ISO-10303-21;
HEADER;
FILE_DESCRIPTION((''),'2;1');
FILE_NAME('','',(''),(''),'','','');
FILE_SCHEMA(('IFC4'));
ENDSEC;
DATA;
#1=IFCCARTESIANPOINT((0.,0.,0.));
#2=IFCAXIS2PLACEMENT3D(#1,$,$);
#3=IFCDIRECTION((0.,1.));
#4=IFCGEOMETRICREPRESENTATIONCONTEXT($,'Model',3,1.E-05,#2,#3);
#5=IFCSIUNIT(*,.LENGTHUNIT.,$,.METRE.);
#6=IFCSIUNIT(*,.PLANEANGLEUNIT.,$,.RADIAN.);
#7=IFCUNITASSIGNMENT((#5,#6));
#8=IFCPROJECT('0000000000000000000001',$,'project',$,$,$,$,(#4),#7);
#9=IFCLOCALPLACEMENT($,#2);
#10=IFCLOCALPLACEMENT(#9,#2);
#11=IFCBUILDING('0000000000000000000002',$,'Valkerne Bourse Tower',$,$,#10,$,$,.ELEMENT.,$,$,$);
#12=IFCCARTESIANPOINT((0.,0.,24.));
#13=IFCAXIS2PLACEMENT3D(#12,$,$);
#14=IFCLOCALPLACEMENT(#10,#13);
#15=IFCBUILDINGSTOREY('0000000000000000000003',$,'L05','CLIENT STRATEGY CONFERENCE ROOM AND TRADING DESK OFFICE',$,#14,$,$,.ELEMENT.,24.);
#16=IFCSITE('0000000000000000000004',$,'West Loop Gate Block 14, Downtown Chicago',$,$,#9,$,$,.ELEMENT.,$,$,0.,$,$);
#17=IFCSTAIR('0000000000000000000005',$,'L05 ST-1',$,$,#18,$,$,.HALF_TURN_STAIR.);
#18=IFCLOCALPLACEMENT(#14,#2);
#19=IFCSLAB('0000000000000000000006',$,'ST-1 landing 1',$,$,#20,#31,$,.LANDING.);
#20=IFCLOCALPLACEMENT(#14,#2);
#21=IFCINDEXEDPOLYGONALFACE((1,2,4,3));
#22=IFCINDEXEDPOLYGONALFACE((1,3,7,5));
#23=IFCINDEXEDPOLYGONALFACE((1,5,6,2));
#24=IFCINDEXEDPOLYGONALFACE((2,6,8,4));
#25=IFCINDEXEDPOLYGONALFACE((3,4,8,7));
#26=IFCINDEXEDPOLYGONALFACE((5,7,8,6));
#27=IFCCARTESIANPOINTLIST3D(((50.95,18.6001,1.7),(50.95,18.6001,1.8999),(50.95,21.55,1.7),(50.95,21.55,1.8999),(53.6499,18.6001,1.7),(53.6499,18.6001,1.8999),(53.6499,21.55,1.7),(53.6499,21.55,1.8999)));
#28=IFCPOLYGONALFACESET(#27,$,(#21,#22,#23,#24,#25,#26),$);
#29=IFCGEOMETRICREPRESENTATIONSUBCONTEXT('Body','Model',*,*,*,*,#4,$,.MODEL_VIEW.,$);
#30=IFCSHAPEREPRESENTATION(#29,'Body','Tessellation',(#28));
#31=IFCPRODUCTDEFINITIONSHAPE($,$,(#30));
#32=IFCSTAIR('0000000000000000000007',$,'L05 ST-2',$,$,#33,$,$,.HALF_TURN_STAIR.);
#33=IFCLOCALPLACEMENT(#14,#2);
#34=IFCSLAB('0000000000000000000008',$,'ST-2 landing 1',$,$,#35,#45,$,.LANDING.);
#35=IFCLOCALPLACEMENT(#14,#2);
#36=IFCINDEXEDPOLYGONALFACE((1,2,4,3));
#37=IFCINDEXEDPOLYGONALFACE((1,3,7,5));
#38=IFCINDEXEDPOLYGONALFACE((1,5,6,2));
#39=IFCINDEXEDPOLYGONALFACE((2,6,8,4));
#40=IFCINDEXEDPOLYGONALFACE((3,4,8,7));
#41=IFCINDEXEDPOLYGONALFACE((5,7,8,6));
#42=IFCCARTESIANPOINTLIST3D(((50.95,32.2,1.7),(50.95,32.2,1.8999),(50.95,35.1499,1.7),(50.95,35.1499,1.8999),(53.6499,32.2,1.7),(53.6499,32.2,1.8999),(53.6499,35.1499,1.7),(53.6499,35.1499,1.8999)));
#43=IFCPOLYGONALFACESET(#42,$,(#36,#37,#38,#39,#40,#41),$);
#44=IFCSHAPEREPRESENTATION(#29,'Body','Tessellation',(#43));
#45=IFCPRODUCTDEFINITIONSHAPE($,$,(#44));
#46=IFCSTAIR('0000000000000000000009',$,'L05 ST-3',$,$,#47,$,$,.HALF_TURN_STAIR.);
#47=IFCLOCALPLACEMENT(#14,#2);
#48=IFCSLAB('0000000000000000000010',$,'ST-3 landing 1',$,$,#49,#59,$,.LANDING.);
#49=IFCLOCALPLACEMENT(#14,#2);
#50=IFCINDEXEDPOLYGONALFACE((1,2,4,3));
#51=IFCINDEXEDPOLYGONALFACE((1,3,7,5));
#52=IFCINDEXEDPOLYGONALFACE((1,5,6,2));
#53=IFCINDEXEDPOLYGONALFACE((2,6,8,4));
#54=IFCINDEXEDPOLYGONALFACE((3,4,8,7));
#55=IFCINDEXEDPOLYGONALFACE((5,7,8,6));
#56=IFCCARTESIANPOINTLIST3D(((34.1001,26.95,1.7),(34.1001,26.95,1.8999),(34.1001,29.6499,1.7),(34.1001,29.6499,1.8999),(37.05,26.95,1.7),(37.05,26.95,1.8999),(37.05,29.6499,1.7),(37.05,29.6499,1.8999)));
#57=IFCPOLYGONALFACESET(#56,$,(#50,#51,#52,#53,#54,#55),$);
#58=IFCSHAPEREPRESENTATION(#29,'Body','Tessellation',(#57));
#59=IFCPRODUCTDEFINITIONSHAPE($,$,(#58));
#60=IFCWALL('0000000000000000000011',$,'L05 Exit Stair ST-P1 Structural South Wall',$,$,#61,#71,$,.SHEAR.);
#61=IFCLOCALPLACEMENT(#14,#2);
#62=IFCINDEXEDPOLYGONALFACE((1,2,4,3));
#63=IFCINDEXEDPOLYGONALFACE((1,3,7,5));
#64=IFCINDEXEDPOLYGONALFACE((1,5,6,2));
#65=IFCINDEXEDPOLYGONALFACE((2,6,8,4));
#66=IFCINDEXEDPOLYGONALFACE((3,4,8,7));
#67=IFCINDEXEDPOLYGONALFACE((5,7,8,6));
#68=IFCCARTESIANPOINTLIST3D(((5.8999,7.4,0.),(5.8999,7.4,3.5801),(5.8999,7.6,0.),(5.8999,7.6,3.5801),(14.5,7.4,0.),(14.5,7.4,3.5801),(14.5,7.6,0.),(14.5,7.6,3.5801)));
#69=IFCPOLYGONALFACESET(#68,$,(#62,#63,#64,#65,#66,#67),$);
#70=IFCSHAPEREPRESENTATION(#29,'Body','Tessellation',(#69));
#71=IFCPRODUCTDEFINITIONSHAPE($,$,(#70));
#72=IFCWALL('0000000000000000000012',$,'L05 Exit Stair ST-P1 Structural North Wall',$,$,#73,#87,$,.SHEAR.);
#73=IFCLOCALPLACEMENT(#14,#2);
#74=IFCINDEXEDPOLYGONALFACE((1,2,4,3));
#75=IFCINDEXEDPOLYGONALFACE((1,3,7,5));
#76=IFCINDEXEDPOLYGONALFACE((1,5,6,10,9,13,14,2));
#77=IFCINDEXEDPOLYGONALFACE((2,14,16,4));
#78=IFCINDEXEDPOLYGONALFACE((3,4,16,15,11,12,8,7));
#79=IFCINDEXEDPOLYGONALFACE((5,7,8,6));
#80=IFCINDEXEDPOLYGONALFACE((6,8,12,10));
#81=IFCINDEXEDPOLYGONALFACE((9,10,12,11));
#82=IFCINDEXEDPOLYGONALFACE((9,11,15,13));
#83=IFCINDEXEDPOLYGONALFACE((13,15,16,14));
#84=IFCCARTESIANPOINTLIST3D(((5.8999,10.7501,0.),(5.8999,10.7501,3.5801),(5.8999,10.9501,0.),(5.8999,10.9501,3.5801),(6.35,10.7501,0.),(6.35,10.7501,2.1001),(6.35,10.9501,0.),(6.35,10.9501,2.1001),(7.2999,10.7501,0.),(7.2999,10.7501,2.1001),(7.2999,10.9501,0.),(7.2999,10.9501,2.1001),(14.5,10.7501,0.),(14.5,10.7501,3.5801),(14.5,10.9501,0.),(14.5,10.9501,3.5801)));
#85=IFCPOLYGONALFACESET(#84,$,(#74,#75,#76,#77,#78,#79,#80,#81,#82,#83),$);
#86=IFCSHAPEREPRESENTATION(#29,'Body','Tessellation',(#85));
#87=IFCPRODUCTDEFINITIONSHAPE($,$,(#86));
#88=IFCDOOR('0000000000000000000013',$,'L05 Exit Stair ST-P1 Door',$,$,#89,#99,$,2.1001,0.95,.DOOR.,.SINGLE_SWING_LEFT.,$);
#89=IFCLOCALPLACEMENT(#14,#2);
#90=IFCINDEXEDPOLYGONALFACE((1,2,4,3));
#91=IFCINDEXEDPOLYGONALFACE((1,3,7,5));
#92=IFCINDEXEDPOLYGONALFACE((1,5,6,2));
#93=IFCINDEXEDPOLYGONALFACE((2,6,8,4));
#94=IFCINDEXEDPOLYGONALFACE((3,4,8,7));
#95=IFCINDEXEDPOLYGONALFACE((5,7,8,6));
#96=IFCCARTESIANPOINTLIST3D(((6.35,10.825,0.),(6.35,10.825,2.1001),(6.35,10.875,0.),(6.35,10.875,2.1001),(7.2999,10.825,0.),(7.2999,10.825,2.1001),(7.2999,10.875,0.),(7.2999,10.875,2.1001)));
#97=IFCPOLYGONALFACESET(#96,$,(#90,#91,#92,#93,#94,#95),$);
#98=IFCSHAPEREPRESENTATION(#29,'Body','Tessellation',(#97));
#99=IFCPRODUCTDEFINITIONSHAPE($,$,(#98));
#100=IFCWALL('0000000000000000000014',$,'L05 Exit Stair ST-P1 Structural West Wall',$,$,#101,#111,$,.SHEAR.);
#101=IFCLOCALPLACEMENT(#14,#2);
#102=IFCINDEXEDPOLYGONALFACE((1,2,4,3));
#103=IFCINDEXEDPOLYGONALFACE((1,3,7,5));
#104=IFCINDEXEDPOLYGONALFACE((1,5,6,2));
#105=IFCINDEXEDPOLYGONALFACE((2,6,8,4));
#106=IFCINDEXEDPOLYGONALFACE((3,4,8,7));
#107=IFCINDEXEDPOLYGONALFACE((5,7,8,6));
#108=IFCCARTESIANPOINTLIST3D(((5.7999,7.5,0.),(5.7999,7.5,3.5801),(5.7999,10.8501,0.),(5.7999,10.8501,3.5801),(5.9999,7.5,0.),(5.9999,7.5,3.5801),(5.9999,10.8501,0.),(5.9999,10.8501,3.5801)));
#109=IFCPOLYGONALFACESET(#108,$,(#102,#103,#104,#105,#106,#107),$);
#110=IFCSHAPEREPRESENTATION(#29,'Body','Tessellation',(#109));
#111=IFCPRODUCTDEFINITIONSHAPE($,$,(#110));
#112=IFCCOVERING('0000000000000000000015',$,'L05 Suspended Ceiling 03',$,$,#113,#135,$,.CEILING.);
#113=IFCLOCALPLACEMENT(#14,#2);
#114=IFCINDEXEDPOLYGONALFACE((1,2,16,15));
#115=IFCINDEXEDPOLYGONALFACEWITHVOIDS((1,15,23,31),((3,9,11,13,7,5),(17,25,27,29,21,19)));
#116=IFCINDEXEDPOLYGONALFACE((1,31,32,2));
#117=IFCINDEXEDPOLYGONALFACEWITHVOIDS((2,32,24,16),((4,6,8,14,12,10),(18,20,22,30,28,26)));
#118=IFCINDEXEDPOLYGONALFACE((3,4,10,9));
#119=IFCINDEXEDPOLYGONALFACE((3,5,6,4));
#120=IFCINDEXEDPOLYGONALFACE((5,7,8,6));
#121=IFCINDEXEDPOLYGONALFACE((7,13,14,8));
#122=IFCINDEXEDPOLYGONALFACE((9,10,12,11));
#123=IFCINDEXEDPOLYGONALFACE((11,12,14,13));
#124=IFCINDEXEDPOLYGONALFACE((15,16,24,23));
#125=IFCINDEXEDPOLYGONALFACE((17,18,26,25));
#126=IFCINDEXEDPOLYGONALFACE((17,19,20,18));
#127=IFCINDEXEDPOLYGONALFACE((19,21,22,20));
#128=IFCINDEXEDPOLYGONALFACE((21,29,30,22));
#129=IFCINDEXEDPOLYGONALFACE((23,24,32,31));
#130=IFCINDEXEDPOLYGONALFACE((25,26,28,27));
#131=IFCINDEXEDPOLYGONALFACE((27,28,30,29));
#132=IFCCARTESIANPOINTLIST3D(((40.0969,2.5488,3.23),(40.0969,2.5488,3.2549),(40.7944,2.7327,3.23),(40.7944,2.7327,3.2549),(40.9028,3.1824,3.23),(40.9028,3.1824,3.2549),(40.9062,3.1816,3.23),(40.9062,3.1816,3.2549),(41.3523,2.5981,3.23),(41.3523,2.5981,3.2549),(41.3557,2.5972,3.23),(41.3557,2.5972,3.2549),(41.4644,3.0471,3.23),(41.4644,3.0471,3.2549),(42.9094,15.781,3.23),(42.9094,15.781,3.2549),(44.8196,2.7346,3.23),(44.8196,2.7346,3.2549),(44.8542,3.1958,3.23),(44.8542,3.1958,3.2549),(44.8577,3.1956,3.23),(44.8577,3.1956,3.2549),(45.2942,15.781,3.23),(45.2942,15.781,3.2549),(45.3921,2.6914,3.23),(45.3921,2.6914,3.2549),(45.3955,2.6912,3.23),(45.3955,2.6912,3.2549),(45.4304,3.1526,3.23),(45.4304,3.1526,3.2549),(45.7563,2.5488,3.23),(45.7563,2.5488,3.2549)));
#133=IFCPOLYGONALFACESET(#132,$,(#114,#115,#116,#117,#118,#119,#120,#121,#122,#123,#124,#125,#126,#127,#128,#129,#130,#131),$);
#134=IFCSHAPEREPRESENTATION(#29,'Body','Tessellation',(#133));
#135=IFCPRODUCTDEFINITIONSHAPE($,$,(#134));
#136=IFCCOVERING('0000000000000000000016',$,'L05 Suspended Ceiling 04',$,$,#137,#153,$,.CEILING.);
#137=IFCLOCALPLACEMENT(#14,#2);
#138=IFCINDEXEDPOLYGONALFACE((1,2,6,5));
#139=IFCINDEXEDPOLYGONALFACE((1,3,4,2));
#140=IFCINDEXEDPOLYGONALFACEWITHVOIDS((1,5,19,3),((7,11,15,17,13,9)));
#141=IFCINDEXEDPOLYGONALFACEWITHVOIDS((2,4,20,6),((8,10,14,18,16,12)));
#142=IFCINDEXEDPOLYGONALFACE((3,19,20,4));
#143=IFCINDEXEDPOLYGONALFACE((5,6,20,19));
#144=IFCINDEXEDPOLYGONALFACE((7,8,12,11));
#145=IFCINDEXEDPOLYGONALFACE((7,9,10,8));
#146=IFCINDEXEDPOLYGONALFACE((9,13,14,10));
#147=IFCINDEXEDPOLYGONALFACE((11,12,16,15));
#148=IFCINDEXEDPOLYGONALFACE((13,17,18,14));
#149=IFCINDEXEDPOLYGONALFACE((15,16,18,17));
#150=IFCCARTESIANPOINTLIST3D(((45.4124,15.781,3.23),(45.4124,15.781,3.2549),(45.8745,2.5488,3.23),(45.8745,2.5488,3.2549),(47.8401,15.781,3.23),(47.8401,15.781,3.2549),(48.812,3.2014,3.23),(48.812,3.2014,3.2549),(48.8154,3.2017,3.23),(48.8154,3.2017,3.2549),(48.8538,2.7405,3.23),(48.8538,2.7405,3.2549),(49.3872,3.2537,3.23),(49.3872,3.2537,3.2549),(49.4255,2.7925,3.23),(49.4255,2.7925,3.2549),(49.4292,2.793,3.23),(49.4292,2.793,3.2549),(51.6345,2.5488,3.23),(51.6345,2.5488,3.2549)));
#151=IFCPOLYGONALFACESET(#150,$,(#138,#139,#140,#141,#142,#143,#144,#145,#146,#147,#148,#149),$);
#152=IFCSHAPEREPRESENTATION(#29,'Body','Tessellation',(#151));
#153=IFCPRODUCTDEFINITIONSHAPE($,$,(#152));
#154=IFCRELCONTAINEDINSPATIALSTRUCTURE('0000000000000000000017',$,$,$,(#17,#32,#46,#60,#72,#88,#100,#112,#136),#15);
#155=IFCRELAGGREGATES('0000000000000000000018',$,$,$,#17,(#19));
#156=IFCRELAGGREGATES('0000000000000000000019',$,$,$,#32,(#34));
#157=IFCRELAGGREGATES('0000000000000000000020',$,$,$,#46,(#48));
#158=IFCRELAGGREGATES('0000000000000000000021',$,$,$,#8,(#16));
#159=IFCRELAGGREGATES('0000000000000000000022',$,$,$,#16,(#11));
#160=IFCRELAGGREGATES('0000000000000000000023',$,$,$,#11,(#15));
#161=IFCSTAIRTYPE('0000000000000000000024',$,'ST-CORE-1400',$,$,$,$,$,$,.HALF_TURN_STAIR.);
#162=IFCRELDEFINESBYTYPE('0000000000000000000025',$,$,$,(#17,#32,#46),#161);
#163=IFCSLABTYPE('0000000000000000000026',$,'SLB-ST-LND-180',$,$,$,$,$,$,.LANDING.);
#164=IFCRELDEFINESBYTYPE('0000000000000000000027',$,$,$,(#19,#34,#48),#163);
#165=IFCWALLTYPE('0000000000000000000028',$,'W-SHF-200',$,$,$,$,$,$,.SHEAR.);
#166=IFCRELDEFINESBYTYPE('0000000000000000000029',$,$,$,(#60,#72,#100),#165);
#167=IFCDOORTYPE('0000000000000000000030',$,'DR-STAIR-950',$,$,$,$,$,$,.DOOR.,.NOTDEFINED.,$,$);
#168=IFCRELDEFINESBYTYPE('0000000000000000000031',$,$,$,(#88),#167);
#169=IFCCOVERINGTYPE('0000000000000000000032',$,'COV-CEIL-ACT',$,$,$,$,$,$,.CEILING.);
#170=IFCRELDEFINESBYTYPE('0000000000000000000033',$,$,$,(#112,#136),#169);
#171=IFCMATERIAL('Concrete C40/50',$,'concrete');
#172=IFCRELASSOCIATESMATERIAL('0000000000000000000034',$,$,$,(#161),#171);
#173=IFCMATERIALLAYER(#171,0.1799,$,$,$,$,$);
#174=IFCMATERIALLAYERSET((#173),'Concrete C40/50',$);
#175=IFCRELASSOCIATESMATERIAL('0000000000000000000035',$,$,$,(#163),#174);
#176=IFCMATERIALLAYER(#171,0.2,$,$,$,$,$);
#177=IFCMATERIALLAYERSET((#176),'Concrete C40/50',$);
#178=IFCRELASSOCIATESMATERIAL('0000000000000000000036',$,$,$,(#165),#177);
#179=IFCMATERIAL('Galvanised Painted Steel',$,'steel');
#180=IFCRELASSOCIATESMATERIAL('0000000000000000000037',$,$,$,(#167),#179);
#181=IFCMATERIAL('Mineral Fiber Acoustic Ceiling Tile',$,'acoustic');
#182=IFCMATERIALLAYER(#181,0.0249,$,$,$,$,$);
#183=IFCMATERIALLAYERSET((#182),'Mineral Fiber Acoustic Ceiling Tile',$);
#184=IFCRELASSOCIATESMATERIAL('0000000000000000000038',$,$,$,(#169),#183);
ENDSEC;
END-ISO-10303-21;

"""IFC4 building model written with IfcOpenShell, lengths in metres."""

from ifc_helpers import new_model, si_unit, direction, frame, frame_2d, origin, place, context, subcontext, project, spatial, polyline, rectangle, outline, extrude, material, layer, layer_set, type_object, element, fill, aggregate, save


model = new_model("IFC4")

# Units and contexts
model_context = context("Model", 3, precision=1e-05, world=origin(), true_north=direction((0.0, 1.0)))
body_context = subcontext(model_context, "Body", "Model", "MODEL_VIEW")
ifc_project = project(units=[si_unit("LENGTHUNIT", "METRE"), si_unit("PLANEANGLEUNIT", "RADIAN")], contexts=[model_context])

# Site, building, storey
site_placement = place(None, origin())
site = spatial("IfcSite", under=ifc_project, at=site_placement, Name="West Loop Gate Block 14, Downtown Chicago", CompositionType="ELEMENT", RefElevation=0.0)
building_placement = place(site_placement, origin())
building = spatial("IfcBuilding", under=site, at=building_placement, Name="Valkerne Bourse Tower", CompositionType="ELEMENT")
storey_placement = place(building_placement, frame((0.0, 0.0, 24.0)))
storey = spatial("IfcBuildingStorey", under=building, at=storey_placement, Name="L05", Description="CLIENT STRATEGY CONFERENCE ROOM AND TRADING DESK OFFICE", CompositionType="ELEMENT", Elevation=24.0)

# Stairs, slabs
ifc_material_1 = material(Name="Concrete C40/50", Category="concrete")
stair_type = type_object("IfcStairType", Name="ST-CORE-1400", PredefinedType="HALF_TURN_STAIR", material=ifc_material_1)
stair_1_placement = place(storey_placement, origin())
stair_1 = element("IfcStair", 1, at=stair_1_placement, inside=storey, type_object=stair_type, Name="L05 ST-1", PredefinedType="HALF_TURN_STAIR")
ifc_layer_1 = layer(ifc_material_1, 0.1799)
ifc_layer_set_1 = layer_set([ifc_layer_1], Name="Concrete C40/50")
slab_type = type_object("IfcSlabType", Name="SLB-ST-LND-180", PredefinedType="LANDING", material=ifc_layer_set_1)
slab_1_placement = place(storey_placement, frame((0.0, 0.0, 1.7)))
slab_1 = element("IfcSlab", 2, at=slab_1_placement, type_object=slab_type, Name="ST-1 landing 1", PredefinedType="LANDING", context=body_context, shape_type="SweptSolid", body=[
    extrude(outline(polyline([(50.95, 18.6001), (53.6499, 18.6001), (53.6499, 21.55), (50.95, 21.55), (50.95, 18.6001)])), origin(), (0.0, 0.0, 1.0), 0.2),
])
aggregate(stair_1, [slab_1])
stair_2_placement = place(storey_placement, origin())
stair_2 = element("IfcStair", 3, at=stair_2_placement, inside=storey, type_object=stair_type, Name="L05 ST-2", PredefinedType="HALF_TURN_STAIR")
slab_2_placement = place(storey_placement, frame((0.0, 0.0, 1.7)))
slab_2 = element("IfcSlab", 4, at=slab_2_placement, type_object=slab_type, Name="ST-2 landing 1", PredefinedType="LANDING", context=body_context, shape_type="SweptSolid", body=[
    extrude(outline(polyline([(50.95, 32.2), (53.6499, 32.2), (53.6499, 35.1499), (50.95, 35.1499), (50.95, 32.2)])), origin(), (0.0, 0.0, 1.0), 0.2),
])
aggregate(stair_2, [slab_2])
stair_3_placement = place(storey_placement, origin())
stair_3 = element("IfcStair", 5, at=stair_3_placement, inside=storey, type_object=stair_type, Name="L05 ST-3", PredefinedType="HALF_TURN_STAIR")
slab_3_placement = place(storey_placement, frame((0.0, 0.0, 1.7)))
slab_3 = element("IfcSlab", 6, at=slab_3_placement, type_object=slab_type, Name="ST-3 landing 1", PredefinedType="LANDING", context=body_context, shape_type="SweptSolid", body=[
    extrude(outline(polyline([(37.05, 26.95), (37.05, 29.6499), (34.1001, 29.6499), (34.1001, 26.95), (37.05, 26.95)])), origin(), (0.0, 0.0, 1.0), 0.2),
])
aggregate(stair_3, [slab_3])

# Wall
ifc_layer_2 = layer(ifc_material_1, 0.2)
ifc_layer_set_2 = layer_set([ifc_layer_2], Name="Concrete C40/50")
wall_type = type_object("IfcWallType", Name="W-SHF-200", PredefinedType="SHEAR", material=ifc_layer_set_2)
wall_1_placement = place(storey_placement, frame((5.8999, 7.5, 0.0), z_axis=(0.0, 0.0, 1.0), x_axis=(1.0, 0.0, 0.0)))
element("IfcWall", 7, at=wall_1_placement, inside=storey, type_object=wall_type, Name="L05 Exit Stair ST-P1 Structural South Wall", PredefinedType="SHEAR", context=body_context, shape_type="SweptSolid", body=[
    extrude(rectangle(XDim=8.6001, YDim=0.2, at=frame_2d((4.3, 0.0))), origin(), (0.0, 0.0, 1.0), 3.5801),
])

# Wall, opening, door
wall_2_placement = place(storey_placement, frame((5.8999, 10.8501, 0.0), z_axis=(0.0, 0.0, 1.0), x_axis=(1.0, 0.0, 0.0)))
wall_2 = element("IfcWall", 8, at=wall_2_placement, inside=storey, type_object=wall_type, Name="L05 Exit Stair ST-P1 Structural North Wall", PredefinedType="SHEAR", context=body_context, shape_type="SweptSolid", body=[
    extrude(rectangle(XDim=8.6001, YDim=0.2, at=frame_2d((4.3, 0.0))), origin(), (0.0, 0.0, 1.0), 3.5801),
])
opening_placement = place(wall_2_placement, frame((0.45, 0.0, 0.0)))
opening = element("IfcOpeningElement", 9, at=opening_placement, cuts=wall_2, PredefinedType="OPENING", context=body_context, shape_type="SweptSolid", body=[
    extrude(rectangle(XDim=0.95, YDim=2.1001, at=frame_2d((0.4751, 1.05))), frame((0.0, 0.1099, 0.0), z_axis=(0.0, -1.0, 0.0), x_axis=(1.0, 0.0, 0.0)), (0.0, 0.0, 1.0), 0.22),
])
ifc_material_2 = material(Name="Galvanised Painted Steel", Category="steel")
door_type = type_object("IfcDoorType", Name="DR-STAIR-950", OperationType="NOTDEFINED", PredefinedType="DOOR", material=ifc_material_2)
door_placement = place(opening_placement, origin())
door = element("IfcDoor", 10, at=door_placement, inside=storey, type_object=door_type, Name="L05 Exit Stair ST-P1 Door", OperationType="SINGLE_SWING_LEFT", OverallHeight=2.1001, OverallWidth=0.95, PredefinedType="DOOR", context=body_context, shape_type="SweptSolid", body=[
    extrude(rectangle(XDim=0.95, YDim=2.1001, at=frame_2d((0.4751, 1.05))), frame((0.0, 0.0249, 0.0), z_axis=(0.0, -1.0, 0.0), x_axis=(1.0, 0.0, 0.0)), (0.0, 0.0, 1.0), 0.05),
])
fill(opening, door)

# Wall
wall_3_placement = place(storey_placement, frame((5.8999, 7.5, 0.0), z_axis=(0.0, 0.0, 1.0), x_axis=(0.0, 1.0, 0.0)))
element("IfcWall", 11, at=wall_3_placement, inside=storey, type_object=wall_type, Name="L05 Exit Stair ST-P1 Structural West Wall", PredefinedType="SHEAR", context=body_context, shape_type="SweptSolid", body=[
    extrude(rectangle(XDim=3.3501, YDim=0.2, at=frame_2d((1.675, 0.0))), origin(), (0.0, 0.0, 1.0), 3.5801),
])

# Coverings
ifc_material_3 = material(Name="Mineral Fiber Acoustic Ceiling Tile", Category="acoustic")
ifc_layer_3 = layer(ifc_material_3, 0.0249)
ifc_layer_set_3 = layer_set([ifc_layer_3], Name="Mineral Fiber Acoustic Ceiling Tile")
covering_type_1 = type_object("IfcCoveringType", Name="COV-CEIL-ACT", PredefinedType="CEILING", material=ifc_layer_set_3)
covering_1_placement = place(storey_placement, frame((0.0, 0.0, 3.23)))
element("IfcCovering", 12, at=covering_1_placement, inside=storey, type_object=covering_type_1, Name="L05 Suspended Ceiling 03", PredefinedType="CEILING", context=body_context, shape_type="SweptSolid", body=[
    extrude(outline(polyline([(45.2942, 15.781), (45.7563, 2.5488), (40.0969, 2.5488), (42.9094, 15.781), (45.2942, 15.781)]), holes=[polyline([(40.9062, 3.1816), (40.9028, 3.1824), (40.7944, 2.7327), (41.3523, 2.5981), (41.3557, 2.5972), (41.4644, 3.0471), (40.9062, 3.1816)]), polyline([(45.4304, 3.1526), (44.8577, 3.1956), (44.8542, 3.1958), (44.8196, 2.7346), (45.3921, 2.6914), (45.3955, 2.6912), (45.4304, 3.1526)])]), origin(), (0.0, 0.0, 1.0), 0.0249),
])
covering_2_placement = place(storey_placement, frame((0.0, 0.0, 3.23)))
element("IfcCovering", 13, at=covering_2_placement, inside=storey, type_object=covering_type_1, Name="L05 Suspended Ceiling 04", PredefinedType="CEILING", context=body_context, shape_type="SweptSolid", body=[
    extrude(outline(polyline([(47.8401, 15.781), (51.6345, 2.5488), (45.8745, 2.5488), (45.4124, 15.781), (47.8401, 15.781)]), holes=[polyline([(49.4255, 2.7925), (49.4292, 2.793), (49.3872, 3.2537), (48.8154, 3.2017), (48.812, 3.2014), (48.8538, 2.7405), (49.4255, 2.7925)])]), origin(), (0.0, 0.0, 1.0), 0.0249),
])

save(model, "model.ifc")
